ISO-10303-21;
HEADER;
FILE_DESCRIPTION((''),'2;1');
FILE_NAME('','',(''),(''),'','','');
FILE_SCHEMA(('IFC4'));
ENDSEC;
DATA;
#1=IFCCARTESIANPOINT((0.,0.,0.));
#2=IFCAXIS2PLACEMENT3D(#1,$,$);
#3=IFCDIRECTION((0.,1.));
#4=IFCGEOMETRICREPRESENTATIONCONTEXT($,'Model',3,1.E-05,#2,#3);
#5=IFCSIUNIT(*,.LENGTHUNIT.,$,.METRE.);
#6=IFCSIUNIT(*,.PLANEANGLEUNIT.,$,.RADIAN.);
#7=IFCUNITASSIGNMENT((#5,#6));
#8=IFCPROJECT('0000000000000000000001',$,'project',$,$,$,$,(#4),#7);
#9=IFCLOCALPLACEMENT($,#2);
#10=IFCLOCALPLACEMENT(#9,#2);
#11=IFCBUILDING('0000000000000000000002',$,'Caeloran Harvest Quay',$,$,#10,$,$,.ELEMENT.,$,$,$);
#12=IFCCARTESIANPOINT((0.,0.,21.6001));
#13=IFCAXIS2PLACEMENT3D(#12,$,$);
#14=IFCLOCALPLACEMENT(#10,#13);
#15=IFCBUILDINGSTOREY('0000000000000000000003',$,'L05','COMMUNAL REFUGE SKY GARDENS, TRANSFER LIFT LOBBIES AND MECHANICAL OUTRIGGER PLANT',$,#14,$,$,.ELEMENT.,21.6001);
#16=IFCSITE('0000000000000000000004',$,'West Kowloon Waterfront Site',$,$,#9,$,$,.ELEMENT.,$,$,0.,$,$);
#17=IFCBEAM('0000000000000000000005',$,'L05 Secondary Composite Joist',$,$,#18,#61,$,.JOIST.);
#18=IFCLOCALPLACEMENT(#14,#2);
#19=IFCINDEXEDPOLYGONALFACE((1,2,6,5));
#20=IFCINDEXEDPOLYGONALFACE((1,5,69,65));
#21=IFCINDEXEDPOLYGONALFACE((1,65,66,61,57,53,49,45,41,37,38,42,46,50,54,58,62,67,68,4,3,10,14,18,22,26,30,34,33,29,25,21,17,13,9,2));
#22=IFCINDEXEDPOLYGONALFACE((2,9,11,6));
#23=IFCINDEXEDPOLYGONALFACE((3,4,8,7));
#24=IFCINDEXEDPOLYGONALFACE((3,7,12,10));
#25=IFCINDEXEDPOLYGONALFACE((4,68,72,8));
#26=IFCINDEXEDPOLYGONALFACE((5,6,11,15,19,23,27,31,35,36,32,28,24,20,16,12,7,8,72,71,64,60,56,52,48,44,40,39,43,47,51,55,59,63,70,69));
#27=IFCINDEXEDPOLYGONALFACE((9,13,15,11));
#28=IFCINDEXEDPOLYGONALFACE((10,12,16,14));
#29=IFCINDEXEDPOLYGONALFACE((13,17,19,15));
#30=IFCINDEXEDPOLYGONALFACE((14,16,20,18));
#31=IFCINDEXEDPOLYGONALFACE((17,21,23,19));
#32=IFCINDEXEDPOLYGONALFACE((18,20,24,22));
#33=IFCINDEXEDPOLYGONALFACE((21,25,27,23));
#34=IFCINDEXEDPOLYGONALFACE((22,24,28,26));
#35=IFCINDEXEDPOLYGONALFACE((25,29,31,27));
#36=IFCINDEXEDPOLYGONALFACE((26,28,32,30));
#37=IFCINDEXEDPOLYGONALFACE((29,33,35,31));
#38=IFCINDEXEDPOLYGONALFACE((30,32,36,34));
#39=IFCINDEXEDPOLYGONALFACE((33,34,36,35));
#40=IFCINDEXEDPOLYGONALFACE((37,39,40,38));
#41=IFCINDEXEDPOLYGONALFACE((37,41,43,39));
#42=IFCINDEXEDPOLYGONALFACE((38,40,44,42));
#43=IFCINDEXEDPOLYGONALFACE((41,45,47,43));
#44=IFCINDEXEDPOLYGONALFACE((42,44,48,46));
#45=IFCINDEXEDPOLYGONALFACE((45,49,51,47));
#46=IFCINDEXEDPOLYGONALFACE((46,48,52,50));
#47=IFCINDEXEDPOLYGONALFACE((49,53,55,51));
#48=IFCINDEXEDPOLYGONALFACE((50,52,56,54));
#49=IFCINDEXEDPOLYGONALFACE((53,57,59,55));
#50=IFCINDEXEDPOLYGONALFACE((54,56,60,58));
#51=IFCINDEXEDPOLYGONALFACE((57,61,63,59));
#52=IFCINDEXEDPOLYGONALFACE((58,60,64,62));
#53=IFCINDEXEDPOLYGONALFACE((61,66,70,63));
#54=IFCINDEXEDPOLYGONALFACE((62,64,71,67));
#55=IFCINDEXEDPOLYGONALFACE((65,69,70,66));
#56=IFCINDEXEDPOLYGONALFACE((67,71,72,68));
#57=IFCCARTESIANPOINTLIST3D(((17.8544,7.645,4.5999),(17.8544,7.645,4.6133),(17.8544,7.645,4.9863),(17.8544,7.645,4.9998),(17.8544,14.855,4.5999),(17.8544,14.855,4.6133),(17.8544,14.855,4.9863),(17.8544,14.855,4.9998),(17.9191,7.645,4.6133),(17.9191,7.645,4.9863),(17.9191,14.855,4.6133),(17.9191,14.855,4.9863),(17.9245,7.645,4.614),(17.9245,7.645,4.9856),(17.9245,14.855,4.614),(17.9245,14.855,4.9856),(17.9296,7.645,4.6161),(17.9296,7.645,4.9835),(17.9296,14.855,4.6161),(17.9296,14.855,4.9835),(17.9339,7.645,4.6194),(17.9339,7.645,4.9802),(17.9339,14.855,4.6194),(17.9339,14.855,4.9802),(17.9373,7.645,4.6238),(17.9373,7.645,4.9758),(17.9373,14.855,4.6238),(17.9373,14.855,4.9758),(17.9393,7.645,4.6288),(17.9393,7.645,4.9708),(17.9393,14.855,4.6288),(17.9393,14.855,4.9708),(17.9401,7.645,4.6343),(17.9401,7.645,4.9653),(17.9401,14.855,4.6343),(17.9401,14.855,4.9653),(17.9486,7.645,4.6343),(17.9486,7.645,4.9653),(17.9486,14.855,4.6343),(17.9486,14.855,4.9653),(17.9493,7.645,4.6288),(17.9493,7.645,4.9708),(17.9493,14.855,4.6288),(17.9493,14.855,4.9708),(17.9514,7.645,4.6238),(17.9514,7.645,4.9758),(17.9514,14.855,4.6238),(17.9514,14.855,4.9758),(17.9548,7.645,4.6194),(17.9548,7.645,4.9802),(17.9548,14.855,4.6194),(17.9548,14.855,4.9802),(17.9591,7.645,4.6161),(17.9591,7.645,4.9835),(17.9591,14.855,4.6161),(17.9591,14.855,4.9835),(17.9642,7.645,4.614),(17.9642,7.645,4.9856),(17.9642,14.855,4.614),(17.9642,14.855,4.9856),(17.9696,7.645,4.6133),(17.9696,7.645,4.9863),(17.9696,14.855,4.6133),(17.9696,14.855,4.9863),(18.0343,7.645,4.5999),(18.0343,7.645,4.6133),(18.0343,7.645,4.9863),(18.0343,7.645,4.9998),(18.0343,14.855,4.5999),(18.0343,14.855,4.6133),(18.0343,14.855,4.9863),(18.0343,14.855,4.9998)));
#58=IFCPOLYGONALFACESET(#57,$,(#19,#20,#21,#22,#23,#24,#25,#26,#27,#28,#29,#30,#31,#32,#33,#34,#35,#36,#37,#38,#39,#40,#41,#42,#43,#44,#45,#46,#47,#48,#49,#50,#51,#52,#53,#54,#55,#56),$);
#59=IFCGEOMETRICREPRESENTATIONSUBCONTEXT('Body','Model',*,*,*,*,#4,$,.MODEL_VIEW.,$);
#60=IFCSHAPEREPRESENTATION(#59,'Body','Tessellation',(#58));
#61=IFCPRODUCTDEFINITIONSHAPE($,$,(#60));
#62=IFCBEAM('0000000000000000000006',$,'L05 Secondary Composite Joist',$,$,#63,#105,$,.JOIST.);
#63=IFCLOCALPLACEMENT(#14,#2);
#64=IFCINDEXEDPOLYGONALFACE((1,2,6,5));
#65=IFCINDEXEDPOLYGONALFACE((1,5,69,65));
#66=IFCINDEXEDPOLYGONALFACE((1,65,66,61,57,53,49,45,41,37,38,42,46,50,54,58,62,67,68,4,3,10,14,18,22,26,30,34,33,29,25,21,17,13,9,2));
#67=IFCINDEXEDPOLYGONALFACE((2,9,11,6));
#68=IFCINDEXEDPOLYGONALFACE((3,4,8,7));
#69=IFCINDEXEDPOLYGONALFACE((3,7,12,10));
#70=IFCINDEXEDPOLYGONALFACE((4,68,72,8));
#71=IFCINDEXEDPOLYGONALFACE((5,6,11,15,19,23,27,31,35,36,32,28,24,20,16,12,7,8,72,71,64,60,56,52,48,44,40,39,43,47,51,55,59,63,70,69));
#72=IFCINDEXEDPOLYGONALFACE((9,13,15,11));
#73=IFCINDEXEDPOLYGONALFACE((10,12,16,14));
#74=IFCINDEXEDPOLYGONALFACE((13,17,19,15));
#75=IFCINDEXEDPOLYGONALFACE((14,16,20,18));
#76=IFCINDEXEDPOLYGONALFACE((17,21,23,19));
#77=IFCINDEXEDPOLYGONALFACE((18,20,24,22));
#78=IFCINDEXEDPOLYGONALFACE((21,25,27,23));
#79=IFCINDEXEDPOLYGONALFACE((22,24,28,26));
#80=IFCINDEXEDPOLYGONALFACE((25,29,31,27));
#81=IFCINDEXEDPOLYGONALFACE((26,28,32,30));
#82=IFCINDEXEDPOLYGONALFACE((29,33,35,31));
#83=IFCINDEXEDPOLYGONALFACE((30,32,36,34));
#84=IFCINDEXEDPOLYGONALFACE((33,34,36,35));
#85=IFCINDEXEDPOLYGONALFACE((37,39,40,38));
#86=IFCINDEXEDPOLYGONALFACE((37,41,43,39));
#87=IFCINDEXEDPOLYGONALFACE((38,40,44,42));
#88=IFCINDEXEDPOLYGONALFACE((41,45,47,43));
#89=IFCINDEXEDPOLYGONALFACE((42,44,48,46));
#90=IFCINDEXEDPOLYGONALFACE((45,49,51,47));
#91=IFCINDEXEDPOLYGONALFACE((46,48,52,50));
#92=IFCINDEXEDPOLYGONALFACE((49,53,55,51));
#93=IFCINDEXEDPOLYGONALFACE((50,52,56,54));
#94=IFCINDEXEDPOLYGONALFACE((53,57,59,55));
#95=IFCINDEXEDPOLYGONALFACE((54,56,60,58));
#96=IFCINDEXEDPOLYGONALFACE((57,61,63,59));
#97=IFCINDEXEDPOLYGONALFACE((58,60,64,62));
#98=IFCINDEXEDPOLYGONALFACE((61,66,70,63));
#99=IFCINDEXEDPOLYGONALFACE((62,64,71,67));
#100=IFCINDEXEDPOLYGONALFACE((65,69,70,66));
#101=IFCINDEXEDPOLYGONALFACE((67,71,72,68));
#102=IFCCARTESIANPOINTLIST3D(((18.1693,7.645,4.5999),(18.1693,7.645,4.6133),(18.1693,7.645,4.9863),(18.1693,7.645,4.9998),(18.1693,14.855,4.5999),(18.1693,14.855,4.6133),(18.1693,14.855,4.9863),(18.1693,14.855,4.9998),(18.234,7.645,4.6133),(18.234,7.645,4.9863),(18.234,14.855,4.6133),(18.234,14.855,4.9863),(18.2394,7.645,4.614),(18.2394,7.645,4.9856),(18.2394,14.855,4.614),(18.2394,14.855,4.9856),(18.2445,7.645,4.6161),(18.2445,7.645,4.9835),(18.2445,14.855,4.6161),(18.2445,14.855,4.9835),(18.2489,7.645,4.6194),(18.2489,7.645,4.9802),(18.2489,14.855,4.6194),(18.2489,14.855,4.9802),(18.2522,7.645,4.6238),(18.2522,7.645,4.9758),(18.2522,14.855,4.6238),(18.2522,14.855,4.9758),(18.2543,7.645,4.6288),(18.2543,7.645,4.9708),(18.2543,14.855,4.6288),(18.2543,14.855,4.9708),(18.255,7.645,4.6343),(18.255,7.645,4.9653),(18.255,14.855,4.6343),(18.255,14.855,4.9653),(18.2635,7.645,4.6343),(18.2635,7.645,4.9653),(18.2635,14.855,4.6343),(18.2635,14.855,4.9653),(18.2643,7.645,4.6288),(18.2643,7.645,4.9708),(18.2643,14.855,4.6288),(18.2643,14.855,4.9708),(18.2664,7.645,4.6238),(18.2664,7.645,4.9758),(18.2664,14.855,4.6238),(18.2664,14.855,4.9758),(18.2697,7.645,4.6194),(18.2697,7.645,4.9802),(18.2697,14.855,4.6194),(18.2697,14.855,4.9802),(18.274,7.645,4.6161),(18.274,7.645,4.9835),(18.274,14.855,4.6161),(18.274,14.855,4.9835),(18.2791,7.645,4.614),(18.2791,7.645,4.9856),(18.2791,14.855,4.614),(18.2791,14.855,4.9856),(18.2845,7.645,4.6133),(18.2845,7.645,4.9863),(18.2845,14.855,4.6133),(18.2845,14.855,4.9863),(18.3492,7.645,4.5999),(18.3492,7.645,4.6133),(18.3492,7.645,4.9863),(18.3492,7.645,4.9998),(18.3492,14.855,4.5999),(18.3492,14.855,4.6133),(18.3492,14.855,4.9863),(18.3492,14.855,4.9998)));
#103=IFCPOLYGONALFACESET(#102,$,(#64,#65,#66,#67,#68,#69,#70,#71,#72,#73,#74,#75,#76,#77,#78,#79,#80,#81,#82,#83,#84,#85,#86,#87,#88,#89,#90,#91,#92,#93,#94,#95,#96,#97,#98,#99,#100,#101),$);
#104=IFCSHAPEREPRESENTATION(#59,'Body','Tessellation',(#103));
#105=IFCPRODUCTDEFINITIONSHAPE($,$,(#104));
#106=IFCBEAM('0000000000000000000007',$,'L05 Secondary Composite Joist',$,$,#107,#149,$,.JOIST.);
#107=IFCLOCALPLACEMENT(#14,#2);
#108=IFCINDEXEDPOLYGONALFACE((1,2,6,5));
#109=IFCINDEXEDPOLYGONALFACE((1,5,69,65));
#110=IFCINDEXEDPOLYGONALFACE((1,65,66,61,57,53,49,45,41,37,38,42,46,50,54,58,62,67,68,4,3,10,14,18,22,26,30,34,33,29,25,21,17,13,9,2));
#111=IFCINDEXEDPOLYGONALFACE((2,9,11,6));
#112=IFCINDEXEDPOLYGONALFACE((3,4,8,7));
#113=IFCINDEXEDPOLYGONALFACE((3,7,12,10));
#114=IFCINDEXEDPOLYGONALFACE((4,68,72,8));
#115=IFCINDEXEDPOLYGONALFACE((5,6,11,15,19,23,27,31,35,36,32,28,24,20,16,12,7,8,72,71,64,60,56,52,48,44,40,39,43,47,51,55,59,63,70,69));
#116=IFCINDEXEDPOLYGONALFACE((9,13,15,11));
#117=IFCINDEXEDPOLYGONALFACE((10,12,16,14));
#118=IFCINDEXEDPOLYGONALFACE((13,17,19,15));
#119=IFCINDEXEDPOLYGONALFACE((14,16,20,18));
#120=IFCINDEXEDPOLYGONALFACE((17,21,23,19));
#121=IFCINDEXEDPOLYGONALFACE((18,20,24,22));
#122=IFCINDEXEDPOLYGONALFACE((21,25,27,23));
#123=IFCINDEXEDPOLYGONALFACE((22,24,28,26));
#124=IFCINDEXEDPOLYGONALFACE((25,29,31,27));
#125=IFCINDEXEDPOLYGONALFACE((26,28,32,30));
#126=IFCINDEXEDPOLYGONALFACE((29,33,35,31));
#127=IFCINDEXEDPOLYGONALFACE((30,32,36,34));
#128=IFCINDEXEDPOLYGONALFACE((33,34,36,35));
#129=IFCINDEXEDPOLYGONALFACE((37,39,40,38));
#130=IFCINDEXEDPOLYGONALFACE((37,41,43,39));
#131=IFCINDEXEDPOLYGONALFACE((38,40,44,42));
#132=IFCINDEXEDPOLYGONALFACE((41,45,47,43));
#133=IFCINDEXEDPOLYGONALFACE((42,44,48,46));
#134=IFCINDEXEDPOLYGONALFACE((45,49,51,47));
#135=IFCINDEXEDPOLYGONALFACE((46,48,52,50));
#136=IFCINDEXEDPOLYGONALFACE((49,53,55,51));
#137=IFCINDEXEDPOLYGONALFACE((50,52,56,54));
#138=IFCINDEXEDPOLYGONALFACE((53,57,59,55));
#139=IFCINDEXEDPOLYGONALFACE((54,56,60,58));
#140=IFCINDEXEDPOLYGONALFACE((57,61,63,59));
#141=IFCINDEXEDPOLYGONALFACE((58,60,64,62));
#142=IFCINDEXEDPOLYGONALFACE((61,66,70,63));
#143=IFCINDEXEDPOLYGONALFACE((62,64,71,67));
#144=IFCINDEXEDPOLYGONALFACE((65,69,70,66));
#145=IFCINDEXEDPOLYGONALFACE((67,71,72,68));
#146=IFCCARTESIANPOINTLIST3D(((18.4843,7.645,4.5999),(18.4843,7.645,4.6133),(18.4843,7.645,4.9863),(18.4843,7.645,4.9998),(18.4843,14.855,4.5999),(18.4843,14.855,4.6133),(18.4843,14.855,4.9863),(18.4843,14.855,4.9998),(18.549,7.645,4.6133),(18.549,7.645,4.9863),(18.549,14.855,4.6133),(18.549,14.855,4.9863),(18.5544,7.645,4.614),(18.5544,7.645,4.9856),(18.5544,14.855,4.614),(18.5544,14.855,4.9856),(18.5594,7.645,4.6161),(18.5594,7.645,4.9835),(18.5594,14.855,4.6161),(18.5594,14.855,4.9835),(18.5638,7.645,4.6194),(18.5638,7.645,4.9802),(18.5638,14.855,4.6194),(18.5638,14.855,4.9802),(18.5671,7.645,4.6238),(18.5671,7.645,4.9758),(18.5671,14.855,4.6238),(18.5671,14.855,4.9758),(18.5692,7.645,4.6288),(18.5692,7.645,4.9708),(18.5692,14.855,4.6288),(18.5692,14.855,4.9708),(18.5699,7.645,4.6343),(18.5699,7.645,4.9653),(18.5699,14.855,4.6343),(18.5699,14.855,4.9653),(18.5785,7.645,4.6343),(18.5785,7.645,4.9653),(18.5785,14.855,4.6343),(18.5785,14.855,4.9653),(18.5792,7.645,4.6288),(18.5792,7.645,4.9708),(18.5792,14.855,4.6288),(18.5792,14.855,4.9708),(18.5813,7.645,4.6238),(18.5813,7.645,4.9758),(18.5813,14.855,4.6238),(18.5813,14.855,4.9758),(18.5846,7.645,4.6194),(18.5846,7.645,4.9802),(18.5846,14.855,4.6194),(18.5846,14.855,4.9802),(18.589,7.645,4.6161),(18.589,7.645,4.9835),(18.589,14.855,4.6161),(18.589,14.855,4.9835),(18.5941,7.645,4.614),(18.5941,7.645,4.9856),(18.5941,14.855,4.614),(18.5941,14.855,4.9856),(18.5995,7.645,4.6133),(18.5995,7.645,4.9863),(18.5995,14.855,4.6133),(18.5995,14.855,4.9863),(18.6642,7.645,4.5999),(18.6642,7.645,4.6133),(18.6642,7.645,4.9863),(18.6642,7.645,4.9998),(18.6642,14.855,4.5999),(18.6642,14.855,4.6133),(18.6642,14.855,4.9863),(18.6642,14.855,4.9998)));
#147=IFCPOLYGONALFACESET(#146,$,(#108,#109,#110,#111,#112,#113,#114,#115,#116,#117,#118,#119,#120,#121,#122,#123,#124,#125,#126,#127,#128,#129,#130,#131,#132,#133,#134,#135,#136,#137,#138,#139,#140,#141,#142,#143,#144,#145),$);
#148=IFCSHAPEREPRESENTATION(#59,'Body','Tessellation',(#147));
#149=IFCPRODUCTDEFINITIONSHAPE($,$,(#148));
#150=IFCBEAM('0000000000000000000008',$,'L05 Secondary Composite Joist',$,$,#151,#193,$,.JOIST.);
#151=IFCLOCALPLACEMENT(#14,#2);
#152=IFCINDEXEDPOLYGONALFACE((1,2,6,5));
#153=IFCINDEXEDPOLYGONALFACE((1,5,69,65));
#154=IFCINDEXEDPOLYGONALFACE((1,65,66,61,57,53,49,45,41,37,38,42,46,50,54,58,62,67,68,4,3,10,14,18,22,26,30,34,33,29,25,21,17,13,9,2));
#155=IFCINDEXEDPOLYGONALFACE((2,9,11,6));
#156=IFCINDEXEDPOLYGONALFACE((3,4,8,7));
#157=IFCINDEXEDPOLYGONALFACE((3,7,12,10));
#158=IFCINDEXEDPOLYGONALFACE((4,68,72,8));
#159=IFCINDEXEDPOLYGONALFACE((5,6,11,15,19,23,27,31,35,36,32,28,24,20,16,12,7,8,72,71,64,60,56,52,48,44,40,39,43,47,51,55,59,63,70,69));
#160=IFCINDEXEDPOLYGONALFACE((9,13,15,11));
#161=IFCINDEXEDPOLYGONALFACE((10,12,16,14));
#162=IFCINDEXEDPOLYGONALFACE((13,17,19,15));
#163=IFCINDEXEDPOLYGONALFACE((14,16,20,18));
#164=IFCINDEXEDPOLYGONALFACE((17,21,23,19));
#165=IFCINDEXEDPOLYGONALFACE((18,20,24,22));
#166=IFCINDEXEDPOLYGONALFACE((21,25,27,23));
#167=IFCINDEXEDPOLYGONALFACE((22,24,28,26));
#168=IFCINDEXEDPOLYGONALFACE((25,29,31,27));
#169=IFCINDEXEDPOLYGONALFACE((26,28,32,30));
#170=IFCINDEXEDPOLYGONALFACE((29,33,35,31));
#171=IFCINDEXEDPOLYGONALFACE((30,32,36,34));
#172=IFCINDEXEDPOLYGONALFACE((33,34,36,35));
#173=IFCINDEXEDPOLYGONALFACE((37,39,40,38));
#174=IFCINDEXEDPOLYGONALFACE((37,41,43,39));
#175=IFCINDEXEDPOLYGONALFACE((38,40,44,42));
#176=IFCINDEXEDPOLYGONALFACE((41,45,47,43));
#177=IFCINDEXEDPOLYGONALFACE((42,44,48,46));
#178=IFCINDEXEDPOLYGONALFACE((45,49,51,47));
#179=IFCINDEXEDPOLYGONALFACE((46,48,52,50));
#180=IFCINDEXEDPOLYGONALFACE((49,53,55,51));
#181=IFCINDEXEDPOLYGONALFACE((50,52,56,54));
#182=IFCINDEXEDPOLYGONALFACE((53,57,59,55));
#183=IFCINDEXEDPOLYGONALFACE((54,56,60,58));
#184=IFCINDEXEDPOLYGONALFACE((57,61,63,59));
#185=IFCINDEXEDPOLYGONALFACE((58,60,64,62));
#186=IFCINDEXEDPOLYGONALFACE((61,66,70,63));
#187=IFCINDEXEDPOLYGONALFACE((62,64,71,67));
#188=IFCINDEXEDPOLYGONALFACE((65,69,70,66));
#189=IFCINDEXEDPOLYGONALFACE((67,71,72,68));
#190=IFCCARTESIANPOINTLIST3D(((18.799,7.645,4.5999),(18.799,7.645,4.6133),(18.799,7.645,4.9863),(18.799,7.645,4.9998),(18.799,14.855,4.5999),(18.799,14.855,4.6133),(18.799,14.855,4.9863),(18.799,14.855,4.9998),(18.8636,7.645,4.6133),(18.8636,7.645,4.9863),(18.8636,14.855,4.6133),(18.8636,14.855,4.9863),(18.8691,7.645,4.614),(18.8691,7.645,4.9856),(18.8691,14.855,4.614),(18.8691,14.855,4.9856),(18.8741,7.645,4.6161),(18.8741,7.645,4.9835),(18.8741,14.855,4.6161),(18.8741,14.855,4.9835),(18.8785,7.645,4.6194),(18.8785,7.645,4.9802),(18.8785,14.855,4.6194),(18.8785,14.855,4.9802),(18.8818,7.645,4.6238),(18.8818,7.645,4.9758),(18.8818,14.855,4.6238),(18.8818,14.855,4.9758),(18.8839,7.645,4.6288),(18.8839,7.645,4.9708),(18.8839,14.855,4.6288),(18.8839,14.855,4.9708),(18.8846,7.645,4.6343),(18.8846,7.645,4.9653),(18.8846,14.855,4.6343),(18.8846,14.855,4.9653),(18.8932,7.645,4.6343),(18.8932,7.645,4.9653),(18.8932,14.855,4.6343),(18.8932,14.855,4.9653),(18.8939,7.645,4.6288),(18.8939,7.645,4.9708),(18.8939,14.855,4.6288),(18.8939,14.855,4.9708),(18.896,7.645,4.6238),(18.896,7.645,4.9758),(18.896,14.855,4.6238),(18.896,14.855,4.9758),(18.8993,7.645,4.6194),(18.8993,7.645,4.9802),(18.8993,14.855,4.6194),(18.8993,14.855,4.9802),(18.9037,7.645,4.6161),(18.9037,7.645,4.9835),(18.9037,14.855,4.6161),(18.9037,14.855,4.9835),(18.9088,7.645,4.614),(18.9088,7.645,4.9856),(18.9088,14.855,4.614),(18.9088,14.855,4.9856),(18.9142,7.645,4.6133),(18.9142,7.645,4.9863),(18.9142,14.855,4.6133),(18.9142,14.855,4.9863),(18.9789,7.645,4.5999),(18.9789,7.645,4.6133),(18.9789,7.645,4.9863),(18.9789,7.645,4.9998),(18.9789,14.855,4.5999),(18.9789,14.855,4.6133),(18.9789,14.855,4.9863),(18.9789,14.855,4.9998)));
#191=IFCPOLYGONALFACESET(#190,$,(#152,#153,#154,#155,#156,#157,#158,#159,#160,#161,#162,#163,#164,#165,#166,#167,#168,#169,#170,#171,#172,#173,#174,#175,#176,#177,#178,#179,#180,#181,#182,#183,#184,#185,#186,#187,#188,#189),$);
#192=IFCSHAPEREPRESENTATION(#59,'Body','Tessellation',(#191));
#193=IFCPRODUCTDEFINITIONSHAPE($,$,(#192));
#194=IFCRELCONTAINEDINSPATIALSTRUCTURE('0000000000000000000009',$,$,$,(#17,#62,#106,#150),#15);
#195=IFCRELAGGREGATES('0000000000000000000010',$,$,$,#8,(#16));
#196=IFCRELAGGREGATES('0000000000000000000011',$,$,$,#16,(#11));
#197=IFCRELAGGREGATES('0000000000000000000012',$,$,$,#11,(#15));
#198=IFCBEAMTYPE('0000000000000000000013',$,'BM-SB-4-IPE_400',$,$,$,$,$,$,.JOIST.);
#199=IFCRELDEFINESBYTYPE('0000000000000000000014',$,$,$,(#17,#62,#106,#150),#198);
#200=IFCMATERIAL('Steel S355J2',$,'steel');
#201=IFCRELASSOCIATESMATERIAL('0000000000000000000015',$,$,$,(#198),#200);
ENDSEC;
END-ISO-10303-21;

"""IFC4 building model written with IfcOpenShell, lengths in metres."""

from ifc_helpers import new_model, si_unit, direction, frame, origin, origin_2d, place, context, subcontext, project, spatial, i_section, extrude, material, material_profile, profile_set, type_object, element, save


model = new_model("IFC4")

# Units and contexts
model_context = context("Model", 3, precision=1e-05, world=origin(), true_north=direction((0.0, 1.0)))
body_context = subcontext(model_context, "Body", "Model", "MODEL_VIEW")
ifc_project = project(units=[si_unit("LENGTHUNIT", "METRE"), si_unit("PLANEANGLEUNIT", "RADIAN")], contexts=[model_context])

# Site, building, storey
site_placement = place(None, origin())
site = spatial("IfcSite", under=ifc_project, at=site_placement, Name="West Kowloon Waterfront Site", CompositionType="ELEMENT", RefElevation=0.0)
building_placement = place(site_placement, origin())
building = spatial("IfcBuilding", under=site, at=building_placement, Name="Caeloran Harvest Quay", CompositionType="ELEMENT")
storey_placement = place(building_placement, frame((0.0, 0.0, 21.6001)))
storey = spatial("IfcBuildingStorey", under=building, at=storey_placement, Name="L05", Description="COMMUNAL REFUGE SKY GARDENS, TRANSFER LIFT LOBBIES AND MECHANICAL OUTRIGGER PLANT", CompositionType="ELEMENT", Elevation=21.6001)

# Beams
ifc_material_1 = material(Name="Steel S355J2", Category="steel")
ifc_material_profile_1 = material_profile(ifc_material_1, i_section(OverallWidth=0.1799, OverallDepth=0.3999, WebThickness=0.0085, FlangeThickness=0.0134, FilletRadius=0.021, at=origin_2d()), Name="IPE 400")
ifc_profile_set_1 = profile_set([ifc_material_profile_1], Name="Steel S355J2")
beam_type_1 = type_object("IfcBeamType", Name="BM-SB-4-IPE_400", PredefinedType="JOIST", material=ifc_profile_set_1)
for number, where, z_axis, x_axis, name in (
    (1, (17.9443, 7.645, 4.7998), (0.0, 1.0, 0.0), (-1.0, 0.0, 0.0), "L05 Secondary Composite Joist"),
    (2, (18.2593, 7.645, 4.7998), (0.0, 1.0, 0.0), (-1.0, 0.0, 0.0), "L05 Secondary Composite Joist"),
    (3, (18.5742, 7.645, 4.7998), (0.0, 1.0, 0.0), (-1.0, 0.0, 0.0), "L05 Secondary Composite Joist"),
    (4, (18.8889, 7.645, 4.7998), (0.0, 1.0, 0.0), (-1.0, 0.0, 0.0), "L05 Secondary Composite Joist"),
):
    element("IfcBeam", number, at=place(storey_placement, frame(where, z_axis=z_axis, x_axis=x_axis)), inside=storey, type_object=beam_type_1, Name=name, PredefinedType="JOIST", context=body_context, shape_type="SweptSolid", body=[
        extrude(i_section(OverallWidth=0.1799, OverallDepth=0.3999, WebThickness=0.0085, FlangeThickness=0.0134, FilletRadius=0.021, at=origin_2d()), origin(), (0.0, 0.0, 1.0), 7.21),
    ])

save(model, "model.ifc")
